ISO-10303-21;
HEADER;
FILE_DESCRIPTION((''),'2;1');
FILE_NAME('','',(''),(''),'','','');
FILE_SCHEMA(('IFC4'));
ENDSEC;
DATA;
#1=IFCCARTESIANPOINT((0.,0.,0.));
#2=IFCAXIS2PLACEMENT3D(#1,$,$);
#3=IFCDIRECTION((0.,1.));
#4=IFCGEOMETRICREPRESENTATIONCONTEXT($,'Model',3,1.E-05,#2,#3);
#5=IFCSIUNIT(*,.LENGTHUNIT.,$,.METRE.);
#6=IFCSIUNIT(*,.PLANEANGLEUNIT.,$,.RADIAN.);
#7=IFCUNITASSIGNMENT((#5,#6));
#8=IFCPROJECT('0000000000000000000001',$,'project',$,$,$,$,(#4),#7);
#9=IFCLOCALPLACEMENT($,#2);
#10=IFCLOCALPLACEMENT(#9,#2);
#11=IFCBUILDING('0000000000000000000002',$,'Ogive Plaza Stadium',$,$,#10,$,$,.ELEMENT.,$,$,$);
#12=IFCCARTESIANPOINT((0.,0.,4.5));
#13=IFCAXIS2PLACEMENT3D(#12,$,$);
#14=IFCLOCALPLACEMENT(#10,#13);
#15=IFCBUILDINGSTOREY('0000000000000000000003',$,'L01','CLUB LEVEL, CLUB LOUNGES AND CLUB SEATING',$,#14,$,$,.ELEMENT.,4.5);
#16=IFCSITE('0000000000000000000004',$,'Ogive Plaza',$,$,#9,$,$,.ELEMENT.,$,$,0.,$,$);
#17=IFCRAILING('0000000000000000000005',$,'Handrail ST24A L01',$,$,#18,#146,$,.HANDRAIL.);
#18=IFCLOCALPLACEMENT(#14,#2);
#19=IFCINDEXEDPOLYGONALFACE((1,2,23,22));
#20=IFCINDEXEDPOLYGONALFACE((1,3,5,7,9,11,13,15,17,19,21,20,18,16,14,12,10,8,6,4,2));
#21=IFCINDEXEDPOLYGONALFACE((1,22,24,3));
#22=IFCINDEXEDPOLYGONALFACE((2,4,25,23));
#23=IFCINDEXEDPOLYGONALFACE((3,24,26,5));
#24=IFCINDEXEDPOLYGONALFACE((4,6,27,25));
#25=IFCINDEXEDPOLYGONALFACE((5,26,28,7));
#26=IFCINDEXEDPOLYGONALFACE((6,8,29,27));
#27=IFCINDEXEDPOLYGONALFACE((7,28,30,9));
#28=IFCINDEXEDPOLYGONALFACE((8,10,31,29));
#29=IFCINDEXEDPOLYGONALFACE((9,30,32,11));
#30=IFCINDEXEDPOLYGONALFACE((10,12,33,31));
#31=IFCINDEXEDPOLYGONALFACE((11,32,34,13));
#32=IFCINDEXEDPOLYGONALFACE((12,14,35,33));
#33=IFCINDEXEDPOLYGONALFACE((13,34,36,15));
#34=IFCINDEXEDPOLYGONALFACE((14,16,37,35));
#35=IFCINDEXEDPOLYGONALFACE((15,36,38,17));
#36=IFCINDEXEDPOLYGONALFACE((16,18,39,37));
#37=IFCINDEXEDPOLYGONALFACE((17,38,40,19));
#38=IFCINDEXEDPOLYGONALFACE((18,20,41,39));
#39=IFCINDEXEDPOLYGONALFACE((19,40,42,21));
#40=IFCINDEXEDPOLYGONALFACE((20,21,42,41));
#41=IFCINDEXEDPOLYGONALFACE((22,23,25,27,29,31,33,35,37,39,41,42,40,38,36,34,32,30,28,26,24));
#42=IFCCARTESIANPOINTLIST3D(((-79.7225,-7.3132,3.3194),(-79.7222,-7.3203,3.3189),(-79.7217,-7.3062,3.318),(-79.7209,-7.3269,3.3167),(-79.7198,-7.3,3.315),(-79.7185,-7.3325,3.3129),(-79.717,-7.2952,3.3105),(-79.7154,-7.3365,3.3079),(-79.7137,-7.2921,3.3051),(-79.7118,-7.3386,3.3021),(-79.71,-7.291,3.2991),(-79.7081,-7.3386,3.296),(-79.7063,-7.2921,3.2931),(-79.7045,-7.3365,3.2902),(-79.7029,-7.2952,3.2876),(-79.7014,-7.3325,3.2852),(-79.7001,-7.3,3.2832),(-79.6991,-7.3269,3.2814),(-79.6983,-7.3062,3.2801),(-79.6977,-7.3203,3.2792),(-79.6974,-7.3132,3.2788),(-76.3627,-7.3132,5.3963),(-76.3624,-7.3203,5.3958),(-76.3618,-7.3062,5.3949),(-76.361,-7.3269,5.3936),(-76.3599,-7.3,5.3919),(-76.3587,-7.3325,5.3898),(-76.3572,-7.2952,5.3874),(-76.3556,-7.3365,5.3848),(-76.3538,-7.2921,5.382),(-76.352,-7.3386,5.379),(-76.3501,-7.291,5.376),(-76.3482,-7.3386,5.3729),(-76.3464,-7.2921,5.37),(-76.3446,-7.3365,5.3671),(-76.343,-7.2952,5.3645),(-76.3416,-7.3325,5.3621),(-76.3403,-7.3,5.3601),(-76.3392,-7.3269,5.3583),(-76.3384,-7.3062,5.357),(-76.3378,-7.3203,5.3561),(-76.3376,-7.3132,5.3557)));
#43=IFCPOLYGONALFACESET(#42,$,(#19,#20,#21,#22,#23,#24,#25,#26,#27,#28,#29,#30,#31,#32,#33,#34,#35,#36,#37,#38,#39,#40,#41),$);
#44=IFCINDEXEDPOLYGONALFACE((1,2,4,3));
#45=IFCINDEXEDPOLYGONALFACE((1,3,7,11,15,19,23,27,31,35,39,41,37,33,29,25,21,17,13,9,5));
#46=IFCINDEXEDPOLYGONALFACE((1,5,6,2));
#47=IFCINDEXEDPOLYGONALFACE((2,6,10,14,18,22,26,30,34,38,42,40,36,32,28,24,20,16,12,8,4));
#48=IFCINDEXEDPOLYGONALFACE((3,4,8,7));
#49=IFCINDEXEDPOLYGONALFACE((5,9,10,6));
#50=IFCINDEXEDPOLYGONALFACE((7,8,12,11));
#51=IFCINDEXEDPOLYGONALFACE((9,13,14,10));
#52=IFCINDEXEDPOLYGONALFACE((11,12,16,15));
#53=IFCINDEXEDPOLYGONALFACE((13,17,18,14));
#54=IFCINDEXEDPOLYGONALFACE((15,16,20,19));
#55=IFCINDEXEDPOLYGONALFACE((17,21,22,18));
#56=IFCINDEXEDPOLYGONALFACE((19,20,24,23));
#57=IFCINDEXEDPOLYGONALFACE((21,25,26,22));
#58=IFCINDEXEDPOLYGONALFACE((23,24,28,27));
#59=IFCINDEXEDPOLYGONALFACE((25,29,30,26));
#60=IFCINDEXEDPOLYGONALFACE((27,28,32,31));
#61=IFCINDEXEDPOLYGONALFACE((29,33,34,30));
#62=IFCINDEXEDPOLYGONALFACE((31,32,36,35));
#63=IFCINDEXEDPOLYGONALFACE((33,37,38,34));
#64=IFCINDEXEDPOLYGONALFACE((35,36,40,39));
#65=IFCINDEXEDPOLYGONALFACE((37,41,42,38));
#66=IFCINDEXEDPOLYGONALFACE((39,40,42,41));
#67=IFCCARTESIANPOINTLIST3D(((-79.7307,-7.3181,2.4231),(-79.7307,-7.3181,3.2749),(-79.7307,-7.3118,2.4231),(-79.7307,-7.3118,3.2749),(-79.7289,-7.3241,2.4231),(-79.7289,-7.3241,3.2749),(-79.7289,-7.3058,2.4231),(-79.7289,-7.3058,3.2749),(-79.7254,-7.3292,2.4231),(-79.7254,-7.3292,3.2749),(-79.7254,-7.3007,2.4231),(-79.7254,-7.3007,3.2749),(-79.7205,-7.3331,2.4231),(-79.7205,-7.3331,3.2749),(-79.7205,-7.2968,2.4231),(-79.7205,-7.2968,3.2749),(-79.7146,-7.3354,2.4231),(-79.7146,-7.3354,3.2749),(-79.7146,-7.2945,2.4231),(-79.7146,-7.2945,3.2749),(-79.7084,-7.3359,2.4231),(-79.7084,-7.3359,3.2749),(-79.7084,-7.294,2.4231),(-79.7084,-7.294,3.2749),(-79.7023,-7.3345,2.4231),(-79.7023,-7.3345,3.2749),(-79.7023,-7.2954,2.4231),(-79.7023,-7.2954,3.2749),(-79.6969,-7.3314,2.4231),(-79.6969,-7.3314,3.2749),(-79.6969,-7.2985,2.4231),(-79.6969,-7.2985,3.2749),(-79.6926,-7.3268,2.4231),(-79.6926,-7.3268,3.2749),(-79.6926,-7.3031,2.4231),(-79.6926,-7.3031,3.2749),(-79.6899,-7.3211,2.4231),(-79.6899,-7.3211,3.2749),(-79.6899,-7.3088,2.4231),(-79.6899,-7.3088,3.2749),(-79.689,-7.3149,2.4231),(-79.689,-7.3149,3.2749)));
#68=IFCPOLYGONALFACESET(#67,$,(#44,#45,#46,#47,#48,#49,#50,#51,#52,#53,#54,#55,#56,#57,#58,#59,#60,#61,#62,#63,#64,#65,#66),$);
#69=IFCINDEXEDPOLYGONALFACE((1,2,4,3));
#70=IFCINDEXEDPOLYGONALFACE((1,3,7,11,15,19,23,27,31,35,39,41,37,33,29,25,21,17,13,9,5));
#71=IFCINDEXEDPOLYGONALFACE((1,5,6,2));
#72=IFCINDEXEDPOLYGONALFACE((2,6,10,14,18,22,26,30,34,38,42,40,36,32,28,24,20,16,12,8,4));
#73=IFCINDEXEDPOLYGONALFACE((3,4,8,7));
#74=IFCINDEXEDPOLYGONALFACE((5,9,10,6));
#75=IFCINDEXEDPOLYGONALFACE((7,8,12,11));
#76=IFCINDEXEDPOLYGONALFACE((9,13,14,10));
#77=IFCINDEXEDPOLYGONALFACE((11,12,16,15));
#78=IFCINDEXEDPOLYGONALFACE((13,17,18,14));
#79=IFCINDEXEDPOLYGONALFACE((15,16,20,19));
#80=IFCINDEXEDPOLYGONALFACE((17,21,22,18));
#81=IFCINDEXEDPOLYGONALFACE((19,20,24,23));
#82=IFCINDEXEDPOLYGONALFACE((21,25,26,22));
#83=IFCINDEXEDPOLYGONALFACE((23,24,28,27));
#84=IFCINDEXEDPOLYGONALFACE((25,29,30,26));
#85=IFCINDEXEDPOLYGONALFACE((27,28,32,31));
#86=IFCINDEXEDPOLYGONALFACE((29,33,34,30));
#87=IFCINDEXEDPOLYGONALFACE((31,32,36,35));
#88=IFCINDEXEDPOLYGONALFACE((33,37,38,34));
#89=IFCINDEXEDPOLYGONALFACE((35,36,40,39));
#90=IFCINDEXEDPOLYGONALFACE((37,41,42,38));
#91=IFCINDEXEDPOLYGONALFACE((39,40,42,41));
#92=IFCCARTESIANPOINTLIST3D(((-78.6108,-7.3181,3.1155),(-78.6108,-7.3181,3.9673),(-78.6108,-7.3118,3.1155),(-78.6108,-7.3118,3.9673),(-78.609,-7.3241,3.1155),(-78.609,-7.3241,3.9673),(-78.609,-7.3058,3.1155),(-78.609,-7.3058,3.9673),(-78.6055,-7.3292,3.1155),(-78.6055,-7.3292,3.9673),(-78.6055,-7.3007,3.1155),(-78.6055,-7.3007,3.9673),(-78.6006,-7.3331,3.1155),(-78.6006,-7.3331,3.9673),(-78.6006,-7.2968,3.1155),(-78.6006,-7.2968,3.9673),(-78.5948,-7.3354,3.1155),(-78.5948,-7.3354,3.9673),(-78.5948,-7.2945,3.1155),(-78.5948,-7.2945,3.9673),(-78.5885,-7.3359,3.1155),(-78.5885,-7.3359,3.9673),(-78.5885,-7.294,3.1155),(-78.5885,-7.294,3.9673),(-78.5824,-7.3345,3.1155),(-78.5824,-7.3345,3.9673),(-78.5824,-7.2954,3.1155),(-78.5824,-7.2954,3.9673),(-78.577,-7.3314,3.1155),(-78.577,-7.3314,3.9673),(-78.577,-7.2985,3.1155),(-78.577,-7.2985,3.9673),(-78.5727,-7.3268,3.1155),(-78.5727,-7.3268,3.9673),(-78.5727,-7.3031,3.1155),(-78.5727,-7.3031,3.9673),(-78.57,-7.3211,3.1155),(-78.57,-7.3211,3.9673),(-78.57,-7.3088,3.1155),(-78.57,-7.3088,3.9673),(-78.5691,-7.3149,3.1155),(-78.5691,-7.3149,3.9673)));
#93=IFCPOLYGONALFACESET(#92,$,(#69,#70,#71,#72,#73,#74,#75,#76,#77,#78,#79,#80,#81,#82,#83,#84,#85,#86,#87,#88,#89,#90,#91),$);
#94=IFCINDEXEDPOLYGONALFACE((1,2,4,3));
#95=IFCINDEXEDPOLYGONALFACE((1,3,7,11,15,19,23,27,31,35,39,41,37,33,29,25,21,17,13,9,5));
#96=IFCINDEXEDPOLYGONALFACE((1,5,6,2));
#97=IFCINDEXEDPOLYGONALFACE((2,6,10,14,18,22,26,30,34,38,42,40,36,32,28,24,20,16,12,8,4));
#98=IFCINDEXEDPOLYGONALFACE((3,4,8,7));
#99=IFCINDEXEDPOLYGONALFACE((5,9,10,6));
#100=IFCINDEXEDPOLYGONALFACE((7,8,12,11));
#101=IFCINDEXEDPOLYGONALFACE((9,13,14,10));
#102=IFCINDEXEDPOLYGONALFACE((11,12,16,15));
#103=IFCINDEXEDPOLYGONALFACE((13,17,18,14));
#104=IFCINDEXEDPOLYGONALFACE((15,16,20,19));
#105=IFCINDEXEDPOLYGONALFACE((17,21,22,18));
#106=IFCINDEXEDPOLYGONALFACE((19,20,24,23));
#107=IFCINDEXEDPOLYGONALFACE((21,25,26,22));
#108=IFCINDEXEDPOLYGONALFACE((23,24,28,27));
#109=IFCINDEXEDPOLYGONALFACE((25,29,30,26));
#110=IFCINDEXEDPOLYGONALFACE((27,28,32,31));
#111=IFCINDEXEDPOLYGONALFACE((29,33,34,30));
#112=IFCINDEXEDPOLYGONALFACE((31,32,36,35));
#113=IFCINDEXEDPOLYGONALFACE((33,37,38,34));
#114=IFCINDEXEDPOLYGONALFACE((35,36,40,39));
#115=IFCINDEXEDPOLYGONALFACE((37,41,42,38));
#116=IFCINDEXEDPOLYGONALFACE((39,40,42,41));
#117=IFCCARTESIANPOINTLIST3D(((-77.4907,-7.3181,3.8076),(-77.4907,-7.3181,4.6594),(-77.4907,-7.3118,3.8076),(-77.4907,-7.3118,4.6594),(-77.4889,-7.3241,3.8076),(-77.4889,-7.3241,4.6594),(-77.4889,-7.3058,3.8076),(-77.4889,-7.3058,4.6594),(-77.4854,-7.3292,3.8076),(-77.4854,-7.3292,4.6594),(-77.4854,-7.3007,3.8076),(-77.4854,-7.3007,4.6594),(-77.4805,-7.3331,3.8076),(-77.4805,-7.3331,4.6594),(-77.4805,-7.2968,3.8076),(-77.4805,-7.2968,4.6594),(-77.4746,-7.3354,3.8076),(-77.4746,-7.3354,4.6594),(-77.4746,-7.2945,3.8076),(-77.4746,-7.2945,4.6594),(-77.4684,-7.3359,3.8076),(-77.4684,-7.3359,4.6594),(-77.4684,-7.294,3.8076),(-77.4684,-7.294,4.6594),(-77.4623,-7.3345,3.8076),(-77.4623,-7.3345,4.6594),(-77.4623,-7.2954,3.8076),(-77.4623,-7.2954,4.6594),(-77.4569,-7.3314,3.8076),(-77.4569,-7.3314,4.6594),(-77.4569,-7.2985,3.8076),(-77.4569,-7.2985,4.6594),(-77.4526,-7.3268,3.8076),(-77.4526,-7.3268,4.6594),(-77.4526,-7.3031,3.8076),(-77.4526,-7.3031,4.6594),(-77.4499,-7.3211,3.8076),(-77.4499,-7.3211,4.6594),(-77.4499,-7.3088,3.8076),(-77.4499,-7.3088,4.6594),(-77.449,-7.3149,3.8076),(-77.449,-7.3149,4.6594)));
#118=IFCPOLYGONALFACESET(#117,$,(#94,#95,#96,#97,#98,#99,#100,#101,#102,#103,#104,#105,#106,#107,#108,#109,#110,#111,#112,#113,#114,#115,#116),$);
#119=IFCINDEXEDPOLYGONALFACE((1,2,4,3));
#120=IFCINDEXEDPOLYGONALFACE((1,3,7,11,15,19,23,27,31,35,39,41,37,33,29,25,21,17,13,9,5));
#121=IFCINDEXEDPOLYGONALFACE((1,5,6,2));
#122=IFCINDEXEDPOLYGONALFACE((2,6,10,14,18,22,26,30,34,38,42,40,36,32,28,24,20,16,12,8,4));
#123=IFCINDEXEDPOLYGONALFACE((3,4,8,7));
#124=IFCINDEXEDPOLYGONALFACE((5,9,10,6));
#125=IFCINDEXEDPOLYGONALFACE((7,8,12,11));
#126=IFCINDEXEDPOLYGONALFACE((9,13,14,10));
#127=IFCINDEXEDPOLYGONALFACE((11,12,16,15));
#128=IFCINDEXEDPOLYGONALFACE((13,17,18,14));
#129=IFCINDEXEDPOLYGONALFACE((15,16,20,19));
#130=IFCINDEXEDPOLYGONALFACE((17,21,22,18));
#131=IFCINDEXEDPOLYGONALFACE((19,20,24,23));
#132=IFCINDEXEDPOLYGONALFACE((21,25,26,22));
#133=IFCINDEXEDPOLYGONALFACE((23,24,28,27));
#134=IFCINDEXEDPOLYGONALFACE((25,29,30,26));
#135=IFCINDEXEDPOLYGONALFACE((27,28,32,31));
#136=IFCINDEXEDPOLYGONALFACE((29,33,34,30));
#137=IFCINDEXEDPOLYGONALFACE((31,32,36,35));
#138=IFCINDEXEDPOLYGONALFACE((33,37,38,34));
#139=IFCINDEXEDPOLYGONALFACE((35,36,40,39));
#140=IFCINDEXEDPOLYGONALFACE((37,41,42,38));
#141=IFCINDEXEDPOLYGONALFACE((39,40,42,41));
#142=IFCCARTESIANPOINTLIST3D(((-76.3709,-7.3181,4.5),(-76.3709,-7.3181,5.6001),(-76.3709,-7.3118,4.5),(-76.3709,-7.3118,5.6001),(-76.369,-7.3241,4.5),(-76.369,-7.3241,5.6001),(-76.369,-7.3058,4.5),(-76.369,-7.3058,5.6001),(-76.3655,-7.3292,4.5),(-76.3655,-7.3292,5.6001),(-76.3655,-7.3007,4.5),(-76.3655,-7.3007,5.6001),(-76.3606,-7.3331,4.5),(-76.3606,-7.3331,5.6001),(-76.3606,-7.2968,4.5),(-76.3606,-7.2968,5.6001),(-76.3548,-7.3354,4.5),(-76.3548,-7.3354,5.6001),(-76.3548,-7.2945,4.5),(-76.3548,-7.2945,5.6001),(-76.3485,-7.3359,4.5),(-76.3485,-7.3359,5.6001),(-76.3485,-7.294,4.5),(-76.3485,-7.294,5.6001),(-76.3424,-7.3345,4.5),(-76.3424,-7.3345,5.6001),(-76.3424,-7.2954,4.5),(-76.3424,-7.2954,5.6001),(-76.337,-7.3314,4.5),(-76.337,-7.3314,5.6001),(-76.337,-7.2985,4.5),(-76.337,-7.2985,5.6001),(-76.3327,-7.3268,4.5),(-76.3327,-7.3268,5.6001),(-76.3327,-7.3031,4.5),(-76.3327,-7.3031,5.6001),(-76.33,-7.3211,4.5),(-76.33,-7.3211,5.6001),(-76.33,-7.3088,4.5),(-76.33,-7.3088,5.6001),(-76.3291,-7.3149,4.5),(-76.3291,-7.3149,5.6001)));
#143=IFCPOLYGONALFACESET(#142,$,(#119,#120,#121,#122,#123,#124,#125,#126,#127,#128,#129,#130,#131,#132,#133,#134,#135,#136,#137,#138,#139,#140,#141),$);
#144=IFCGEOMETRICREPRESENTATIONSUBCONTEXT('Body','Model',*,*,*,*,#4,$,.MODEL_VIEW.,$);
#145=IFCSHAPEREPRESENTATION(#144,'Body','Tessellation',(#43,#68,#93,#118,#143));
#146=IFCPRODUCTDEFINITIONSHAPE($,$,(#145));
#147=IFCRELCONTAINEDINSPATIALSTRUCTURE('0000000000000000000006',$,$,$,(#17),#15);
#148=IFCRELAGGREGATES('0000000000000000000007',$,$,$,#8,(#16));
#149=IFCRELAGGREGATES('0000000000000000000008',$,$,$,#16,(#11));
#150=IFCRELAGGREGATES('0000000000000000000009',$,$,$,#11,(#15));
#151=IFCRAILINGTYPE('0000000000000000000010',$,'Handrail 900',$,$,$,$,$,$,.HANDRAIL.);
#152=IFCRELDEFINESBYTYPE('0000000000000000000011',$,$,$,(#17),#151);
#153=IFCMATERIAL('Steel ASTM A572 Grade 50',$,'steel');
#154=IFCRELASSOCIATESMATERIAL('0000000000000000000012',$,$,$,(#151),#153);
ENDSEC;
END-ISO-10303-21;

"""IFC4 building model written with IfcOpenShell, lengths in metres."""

from ifc_helpers import new_model, si_unit, direction, frame, origin, origin_2d, place, context, subcontext, project, spatial, circle, extrude, material, type_object, element, save


model = new_model("IFC4")

# Units and contexts
model_context = context("Model", 3, precision=1e-05, world=origin(), true_north=direction((0.0, 1.0)))
body_context = subcontext(model_context, "Body", "Model", "MODEL_VIEW")
ifc_project = project(units=[si_unit("LENGTHUNIT", "METRE"), si_unit("PLANEANGLEUNIT", "RADIAN")], contexts=[model_context])

# Site, building, storey
site_placement = place(None, origin())
site = spatial("IfcSite", under=ifc_project, at=site_placement, Name="Ogive Plaza", CompositionType="ELEMENT", RefElevation=0.0)
building_placement = place(site_placement, origin())
building = spatial("IfcBuilding", under=site, at=building_placement, Name="Ogive Plaza Stadium", CompositionType="ELEMENT")
storey_placement = place(building_placement, frame((0.0, 0.0, 4.5)))
storey = spatial("IfcBuildingStorey", under=building, at=storey_placement, Name="L01", Description="CLUB LEVEL, CLUB LOUNGES AND CLUB SEATING", CompositionType="ELEMENT", Elevation=4.5)

# Railing
ifc_material_1 = material(Name="Steel ASTM A572 Grade 50", Category="steel")
railing_type_1 = type_object("IfcRailingType", Name="Handrail 900", PredefinedType="HANDRAIL", material=ifc_material_1)
for number, where, name in (
    (1, (-79.71, -7.3149, 2.4231), "Handrail ST24A L01"),
):
    element("IfcRailing", number, at=place(storey_placement, frame(where)), inside=storey, type_object=railing_type_1, Name=name, PredefinedType="HANDRAIL", context=body_context, shape_type="SweptSolid", body=[
        extrude(circle(Radius=0.0239, at=origin_2d()), frame((0.0, 0.0, 0.876), z_axis=(0.850606, 0.0, 0.525803), x_axis=(0.0, 1.0, 0.0)), (0.0, 0.0, 1.0), 3.95),
        extrude(circle(Radius=0.021, at=origin_2d()), origin(), (0.0, 0.0, 1.0), 0.8518),
        extrude(circle(Radius=0.021, at=origin_2d()), frame((1.1199, 0.0, 0.6924)), (0.0, 0.0, 1.0), 0.8518),
        extrude(circle(Radius=0.021, at=origin_2d()), frame((2.24, 0.0, 1.3845)), (0.0, 0.0, 1.0), 0.8518),
        extrude(circle(Radius=0.021, at=origin_2d()), frame((3.3599, 0.0, 2.0769)), (0.0, 0.0, 1.0), 1.1001),
    ])

save(model, "model.ifc")
